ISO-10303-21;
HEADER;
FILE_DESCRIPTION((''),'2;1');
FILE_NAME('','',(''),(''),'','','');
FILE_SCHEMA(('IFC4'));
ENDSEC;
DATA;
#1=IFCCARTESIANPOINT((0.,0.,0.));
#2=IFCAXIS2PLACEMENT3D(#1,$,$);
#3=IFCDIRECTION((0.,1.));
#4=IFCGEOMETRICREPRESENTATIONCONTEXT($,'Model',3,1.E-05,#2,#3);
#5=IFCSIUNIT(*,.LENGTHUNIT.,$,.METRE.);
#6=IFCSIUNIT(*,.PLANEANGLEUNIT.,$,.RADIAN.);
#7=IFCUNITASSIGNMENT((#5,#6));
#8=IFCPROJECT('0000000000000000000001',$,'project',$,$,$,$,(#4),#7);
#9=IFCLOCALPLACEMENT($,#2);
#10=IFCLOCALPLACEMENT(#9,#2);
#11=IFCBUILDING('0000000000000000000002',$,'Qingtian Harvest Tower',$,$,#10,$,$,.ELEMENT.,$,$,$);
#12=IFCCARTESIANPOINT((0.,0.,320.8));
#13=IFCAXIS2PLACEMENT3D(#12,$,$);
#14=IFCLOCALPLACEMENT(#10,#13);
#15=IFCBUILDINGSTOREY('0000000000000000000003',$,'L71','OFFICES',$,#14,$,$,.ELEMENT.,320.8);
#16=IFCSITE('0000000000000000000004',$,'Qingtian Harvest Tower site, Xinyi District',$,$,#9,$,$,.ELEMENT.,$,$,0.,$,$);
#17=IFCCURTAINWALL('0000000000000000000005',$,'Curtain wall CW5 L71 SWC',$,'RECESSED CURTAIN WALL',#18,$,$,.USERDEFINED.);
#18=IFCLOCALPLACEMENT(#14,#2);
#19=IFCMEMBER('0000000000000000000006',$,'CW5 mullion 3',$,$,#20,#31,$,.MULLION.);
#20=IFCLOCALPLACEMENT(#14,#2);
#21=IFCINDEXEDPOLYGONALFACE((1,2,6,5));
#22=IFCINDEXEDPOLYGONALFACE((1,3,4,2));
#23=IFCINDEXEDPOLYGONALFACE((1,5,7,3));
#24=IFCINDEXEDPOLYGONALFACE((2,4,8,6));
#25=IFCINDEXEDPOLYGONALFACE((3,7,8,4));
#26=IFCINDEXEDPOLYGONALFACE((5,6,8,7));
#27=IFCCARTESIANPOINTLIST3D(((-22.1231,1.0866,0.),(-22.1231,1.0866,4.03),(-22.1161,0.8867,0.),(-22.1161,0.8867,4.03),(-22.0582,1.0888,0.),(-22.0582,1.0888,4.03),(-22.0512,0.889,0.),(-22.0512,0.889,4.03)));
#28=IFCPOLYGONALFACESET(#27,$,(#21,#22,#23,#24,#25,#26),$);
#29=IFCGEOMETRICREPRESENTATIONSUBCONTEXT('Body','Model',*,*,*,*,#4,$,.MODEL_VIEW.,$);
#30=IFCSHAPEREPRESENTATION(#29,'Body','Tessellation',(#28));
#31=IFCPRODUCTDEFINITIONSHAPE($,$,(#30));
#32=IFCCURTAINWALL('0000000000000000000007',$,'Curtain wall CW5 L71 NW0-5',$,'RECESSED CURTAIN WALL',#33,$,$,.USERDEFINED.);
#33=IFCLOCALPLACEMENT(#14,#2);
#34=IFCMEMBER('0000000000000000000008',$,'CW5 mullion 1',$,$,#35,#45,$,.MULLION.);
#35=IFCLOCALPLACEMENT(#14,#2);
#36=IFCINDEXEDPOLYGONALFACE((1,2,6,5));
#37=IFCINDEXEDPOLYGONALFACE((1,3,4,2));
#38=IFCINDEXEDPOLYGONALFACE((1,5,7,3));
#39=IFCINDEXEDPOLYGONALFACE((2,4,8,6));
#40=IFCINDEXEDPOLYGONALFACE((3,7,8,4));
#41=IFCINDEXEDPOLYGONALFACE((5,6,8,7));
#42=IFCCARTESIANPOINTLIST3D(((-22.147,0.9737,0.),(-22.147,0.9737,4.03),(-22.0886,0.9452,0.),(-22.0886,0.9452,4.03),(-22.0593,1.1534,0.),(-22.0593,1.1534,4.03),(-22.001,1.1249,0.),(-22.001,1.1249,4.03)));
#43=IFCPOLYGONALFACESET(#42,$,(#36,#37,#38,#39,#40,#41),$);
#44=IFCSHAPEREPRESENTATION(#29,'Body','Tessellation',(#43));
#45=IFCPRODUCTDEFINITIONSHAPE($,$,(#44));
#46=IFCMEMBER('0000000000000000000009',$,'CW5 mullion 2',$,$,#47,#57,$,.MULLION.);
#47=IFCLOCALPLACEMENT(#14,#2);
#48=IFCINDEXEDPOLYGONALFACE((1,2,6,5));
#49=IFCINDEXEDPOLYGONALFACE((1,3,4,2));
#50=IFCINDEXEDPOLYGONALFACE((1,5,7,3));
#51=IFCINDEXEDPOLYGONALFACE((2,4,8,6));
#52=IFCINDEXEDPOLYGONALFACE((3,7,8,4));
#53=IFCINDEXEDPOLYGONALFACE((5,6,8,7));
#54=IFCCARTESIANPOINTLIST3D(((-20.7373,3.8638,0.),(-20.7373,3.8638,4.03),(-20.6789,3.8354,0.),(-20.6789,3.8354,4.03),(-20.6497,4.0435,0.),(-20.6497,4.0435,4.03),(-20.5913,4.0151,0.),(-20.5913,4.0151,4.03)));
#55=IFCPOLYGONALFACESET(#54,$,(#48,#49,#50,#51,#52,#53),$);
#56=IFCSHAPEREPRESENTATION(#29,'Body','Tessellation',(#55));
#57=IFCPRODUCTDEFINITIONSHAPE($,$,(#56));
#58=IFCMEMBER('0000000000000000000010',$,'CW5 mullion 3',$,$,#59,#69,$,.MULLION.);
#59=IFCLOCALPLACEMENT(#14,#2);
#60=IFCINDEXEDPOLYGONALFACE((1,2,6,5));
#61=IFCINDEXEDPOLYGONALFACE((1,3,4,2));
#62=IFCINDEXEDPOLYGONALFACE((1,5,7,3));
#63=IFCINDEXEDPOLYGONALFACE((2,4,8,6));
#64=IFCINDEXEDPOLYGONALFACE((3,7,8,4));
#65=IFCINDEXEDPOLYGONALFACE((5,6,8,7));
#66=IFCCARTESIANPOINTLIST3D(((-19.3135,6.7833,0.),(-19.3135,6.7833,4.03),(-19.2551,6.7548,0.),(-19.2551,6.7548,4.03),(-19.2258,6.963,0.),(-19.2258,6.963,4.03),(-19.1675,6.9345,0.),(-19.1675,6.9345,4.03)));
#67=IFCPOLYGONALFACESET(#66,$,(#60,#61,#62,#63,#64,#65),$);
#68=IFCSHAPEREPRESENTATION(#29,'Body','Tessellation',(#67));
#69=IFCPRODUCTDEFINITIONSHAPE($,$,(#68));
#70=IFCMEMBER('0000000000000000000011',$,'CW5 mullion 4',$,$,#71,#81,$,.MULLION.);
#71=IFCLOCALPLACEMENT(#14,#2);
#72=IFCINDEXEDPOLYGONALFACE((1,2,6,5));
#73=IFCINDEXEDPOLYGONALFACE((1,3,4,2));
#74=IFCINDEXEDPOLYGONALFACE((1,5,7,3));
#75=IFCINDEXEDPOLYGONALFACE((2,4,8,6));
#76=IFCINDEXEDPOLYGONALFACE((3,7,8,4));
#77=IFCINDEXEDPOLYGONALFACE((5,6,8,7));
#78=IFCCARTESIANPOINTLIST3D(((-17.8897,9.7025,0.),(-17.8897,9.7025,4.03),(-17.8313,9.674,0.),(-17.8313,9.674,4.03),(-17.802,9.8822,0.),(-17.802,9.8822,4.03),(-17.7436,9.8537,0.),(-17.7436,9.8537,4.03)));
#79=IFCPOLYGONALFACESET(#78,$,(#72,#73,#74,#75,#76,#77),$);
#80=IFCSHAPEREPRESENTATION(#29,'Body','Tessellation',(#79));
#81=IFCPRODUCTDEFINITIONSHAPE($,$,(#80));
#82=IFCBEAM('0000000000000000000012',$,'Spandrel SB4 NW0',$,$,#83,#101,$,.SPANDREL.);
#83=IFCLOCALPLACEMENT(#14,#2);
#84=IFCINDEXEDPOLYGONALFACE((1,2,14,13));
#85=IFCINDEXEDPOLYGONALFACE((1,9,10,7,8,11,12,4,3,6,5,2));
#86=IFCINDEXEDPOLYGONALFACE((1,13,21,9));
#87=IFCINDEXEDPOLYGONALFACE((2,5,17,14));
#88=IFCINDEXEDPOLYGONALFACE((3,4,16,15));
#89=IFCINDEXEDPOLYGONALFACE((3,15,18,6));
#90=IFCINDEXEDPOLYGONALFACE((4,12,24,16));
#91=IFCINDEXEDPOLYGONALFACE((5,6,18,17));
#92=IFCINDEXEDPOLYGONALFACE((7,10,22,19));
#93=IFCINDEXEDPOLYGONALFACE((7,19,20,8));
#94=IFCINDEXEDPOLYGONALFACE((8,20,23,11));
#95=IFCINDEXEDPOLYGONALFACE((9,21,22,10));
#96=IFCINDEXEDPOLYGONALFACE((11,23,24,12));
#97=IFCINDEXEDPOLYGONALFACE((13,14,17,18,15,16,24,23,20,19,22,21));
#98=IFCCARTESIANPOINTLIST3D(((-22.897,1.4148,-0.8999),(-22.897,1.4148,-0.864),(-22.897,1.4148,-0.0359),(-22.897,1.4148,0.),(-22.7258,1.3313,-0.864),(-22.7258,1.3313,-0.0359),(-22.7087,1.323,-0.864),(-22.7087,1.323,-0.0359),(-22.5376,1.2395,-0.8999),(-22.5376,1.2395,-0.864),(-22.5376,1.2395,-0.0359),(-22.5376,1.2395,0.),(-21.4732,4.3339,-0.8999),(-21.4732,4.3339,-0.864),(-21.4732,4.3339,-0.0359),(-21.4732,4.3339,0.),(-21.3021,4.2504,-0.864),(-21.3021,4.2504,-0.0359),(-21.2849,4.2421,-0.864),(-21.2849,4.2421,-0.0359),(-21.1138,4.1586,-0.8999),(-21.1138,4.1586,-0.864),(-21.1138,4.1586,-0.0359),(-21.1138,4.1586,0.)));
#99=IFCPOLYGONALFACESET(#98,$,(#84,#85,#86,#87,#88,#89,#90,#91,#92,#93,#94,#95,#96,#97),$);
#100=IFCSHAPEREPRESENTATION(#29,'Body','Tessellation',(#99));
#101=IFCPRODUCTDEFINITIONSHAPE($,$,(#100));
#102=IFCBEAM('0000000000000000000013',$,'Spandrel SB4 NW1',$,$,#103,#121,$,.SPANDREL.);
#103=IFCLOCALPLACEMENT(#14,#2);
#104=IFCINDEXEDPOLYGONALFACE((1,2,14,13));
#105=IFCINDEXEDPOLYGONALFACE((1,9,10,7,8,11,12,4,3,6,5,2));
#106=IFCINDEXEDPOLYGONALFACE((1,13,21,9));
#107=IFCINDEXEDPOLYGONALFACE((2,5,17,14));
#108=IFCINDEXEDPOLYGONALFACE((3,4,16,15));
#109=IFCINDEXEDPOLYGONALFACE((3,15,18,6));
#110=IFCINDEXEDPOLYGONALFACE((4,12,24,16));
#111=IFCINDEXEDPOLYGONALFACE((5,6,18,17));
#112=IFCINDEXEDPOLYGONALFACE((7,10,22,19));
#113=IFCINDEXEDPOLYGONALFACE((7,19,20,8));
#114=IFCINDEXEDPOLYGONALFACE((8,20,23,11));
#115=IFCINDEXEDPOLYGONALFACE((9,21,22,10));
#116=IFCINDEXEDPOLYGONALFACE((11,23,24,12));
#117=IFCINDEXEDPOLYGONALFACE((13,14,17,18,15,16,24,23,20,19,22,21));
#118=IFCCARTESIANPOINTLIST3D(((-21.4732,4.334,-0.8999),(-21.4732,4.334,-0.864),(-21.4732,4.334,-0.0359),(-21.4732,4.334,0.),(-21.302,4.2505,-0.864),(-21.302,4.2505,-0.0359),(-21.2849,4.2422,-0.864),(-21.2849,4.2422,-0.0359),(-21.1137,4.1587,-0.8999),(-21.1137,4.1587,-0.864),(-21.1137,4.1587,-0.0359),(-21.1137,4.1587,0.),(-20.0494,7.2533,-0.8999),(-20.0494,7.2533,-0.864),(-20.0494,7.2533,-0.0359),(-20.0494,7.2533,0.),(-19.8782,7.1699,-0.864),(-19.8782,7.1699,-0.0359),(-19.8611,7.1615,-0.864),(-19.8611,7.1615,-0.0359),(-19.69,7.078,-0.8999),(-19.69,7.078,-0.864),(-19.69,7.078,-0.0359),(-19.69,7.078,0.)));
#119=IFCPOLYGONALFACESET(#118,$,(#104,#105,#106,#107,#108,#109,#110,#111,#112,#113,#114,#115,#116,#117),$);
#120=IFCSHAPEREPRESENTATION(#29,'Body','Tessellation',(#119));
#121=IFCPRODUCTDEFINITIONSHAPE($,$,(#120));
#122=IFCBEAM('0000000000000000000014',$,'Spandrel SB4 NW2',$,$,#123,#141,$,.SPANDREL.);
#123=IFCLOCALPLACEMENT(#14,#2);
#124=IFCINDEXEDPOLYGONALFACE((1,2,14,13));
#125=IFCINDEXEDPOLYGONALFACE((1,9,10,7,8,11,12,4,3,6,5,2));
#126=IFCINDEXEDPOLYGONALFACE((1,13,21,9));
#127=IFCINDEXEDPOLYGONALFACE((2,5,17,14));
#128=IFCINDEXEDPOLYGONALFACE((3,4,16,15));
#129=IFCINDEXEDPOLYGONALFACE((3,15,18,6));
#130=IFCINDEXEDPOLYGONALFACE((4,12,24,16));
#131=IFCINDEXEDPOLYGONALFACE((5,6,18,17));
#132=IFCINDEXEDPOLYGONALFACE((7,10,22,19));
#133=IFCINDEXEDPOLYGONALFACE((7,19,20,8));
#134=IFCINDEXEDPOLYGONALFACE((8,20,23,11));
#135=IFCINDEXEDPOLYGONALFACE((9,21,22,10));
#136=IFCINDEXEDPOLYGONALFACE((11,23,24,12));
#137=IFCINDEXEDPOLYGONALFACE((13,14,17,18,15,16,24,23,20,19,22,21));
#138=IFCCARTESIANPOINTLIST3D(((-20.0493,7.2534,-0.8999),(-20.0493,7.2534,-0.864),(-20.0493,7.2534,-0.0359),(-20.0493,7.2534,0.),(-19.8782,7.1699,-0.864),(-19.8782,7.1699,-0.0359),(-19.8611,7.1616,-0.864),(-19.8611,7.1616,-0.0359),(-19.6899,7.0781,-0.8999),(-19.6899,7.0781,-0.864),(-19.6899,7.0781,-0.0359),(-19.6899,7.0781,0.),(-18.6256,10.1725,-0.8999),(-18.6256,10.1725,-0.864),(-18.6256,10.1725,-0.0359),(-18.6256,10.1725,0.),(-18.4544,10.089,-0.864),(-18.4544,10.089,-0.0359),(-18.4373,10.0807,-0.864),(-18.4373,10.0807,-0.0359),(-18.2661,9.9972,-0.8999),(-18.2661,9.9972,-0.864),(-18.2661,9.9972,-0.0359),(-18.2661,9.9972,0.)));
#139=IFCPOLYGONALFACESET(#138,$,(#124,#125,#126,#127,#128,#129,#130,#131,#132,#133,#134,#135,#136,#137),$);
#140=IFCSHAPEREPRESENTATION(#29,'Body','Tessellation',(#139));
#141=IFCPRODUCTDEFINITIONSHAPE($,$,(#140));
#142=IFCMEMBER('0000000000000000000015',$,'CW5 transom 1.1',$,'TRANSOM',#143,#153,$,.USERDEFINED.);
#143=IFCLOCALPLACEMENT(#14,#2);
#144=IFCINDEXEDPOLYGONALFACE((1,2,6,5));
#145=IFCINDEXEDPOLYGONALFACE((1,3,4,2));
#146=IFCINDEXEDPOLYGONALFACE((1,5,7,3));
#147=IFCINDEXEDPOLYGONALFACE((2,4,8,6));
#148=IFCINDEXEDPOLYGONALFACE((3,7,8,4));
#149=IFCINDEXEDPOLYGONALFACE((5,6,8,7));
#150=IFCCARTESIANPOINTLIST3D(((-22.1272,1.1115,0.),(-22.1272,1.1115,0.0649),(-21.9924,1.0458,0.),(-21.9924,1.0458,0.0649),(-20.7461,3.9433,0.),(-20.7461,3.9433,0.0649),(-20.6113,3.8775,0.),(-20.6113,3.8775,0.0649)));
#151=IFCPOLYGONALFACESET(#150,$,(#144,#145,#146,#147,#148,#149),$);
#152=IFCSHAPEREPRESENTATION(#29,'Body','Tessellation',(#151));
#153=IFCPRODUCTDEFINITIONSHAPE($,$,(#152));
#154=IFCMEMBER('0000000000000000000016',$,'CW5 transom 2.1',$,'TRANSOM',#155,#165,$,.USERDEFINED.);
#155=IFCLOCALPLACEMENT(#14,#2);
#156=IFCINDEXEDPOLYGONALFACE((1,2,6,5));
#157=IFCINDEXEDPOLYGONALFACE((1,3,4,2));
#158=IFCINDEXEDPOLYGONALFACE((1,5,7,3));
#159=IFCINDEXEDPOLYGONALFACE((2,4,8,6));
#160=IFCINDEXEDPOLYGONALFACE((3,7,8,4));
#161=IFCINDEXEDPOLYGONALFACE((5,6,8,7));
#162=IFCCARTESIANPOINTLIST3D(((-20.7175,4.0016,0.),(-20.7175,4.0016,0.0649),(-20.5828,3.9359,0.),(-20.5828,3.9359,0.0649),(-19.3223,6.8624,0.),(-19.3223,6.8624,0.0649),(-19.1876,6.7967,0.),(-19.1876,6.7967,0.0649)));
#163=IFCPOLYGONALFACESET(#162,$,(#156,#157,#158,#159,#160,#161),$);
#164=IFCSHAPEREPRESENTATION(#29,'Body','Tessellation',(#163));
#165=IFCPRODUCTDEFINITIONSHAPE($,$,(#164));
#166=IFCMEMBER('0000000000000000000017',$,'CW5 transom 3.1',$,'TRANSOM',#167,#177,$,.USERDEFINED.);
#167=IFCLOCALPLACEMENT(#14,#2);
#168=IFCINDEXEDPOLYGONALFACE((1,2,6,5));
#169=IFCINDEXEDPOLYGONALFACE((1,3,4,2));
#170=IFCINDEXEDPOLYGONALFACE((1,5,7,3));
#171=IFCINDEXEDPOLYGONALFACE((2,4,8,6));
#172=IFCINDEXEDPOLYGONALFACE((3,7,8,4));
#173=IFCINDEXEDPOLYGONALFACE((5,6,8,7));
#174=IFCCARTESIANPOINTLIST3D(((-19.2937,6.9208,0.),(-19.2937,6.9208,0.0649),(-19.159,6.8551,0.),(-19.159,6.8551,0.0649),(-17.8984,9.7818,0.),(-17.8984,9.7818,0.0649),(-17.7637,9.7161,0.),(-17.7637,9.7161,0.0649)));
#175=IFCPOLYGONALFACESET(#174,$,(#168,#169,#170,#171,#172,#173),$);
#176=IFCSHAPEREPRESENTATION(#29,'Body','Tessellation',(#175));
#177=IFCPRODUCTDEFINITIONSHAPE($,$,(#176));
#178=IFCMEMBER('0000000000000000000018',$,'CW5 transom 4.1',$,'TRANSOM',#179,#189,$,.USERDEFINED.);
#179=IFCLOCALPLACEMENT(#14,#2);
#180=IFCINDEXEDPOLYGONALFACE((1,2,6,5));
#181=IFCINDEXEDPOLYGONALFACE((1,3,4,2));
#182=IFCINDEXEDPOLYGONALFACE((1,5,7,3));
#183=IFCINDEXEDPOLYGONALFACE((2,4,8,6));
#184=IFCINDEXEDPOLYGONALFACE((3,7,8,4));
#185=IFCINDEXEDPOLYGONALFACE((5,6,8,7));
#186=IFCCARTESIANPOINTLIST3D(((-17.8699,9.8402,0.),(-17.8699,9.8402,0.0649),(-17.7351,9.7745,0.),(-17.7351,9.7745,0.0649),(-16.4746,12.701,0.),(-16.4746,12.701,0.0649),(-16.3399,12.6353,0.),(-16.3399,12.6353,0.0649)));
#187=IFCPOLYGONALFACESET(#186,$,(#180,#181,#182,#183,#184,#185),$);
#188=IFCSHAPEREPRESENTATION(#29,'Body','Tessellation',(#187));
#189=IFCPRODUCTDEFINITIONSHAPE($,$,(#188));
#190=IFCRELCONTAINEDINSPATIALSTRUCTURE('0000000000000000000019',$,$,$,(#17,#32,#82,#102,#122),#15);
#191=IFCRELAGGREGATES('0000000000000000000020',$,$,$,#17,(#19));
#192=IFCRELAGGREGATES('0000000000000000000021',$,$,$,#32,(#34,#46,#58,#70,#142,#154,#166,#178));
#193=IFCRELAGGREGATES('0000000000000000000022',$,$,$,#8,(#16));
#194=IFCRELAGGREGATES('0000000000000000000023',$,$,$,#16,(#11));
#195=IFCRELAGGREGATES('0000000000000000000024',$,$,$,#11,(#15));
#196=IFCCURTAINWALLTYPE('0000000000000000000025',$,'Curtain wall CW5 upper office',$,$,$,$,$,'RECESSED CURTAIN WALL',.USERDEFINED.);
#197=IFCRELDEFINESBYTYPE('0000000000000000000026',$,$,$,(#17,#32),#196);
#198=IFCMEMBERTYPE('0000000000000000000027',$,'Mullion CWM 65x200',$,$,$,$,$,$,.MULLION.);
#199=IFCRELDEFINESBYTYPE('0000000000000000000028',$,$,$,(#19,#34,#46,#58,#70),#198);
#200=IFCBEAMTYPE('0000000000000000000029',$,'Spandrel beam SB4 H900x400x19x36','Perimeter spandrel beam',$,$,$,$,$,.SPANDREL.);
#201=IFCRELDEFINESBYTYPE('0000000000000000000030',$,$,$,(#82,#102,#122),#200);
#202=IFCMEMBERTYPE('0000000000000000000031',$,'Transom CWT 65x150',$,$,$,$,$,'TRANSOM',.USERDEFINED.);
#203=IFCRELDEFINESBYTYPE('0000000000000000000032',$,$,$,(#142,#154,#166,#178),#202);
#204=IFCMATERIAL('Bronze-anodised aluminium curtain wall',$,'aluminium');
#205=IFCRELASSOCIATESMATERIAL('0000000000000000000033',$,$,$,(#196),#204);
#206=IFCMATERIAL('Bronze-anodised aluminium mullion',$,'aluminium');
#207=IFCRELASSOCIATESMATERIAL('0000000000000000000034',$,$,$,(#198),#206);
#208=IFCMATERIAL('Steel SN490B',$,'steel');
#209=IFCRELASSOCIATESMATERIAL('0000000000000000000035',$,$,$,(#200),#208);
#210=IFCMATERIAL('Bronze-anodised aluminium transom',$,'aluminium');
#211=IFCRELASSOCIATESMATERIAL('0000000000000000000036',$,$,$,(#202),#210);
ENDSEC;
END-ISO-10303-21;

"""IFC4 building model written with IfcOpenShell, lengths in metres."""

from ifc_helpers import new_model, si_unit, direction, frame, origin, origin_2d, place, context, subcontext, project, spatial, rectangle, i_section, extrude, material, material_profile, profile_set, type_object, element, aggregate, save


model = new_model("IFC4")

# Units and contexts
model_context = context("Model", 3, precision=1e-05, world=origin(), true_north=direction((0.0, 1.0)))
body_context = subcontext(model_context, "Body", "Model", "MODEL_VIEW")
ifc_project = project(units=[si_unit("LENGTHUNIT", "METRE"), si_unit("PLANEANGLEUNIT", "RADIAN")], contexts=[model_context])

# Site, building, storey
site_placement = place(None, origin())
site = spatial("IfcSite", under=ifc_project, at=site_placement, Name="Qingtian Harvest Tower site, Xinyi District", CompositionType="ELEMENT", RefElevation=0.0)
building_placement = place(site_placement, origin())
building = spatial("IfcBuilding", under=site, at=building_placement, Name="Qingtian Harvest Tower", CompositionType="ELEMENT")
storey_placement = place(building_placement, frame((0.0, 0.0, 320.8)))
storey = spatial("IfcBuildingStorey", under=building, at=storey_placement, Name="L71", Description="OFFICES", CompositionType="ELEMENT", Elevation=320.8)

# Curtain wall, member
ifc_material_1 = material(Name="Bronze-anodised aluminium curtain wall", Category="aluminium")
curtain_wall_type = type_object("IfcCurtainWallType", Name="Curtain wall CW5 upper office", ElementType="RECESSED CURTAIN WALL", PredefinedType="USERDEFINED", material=ifc_material_1)
curtain_wall_1_placement = place(storey_placement, origin())
curtain_wall_1 = element("IfcCurtainWall", 1, at=curtain_wall_1_placement, inside=storey, type_object=curtain_wall_type, Name="Curtain wall CW5 L71 SWC", ObjectType="RECESSED CURTAIN WALL", PredefinedType="USERDEFINED")
ifc_material_2 = material(Name="Bronze-anodised aluminium mullion", Category="aluminium")
ifc_material_profile_1 = material_profile(ifc_material_2, rectangle(XDim=0.0649, YDim=0.2, at=origin_2d()), Name="AL 65x200")
ifc_profile_set_1 = profile_set([ifc_material_profile_1], Name="Bronze-anodised aluminium mullion")
member_type_1 = type_object("IfcMemberType", Name="Mullion CWM 65x200", PredefinedType="MULLION", material=ifc_profile_set_1)
member_1_placement = place(storey_placement, frame((-22.0872, 0.9878, 0.0), z_axis=(0.0, 0.0, 1.0), x_axis=(-0.999391, -0.034899, 0.0)))
member_1 = element("IfcMember", 2, at=member_1_placement, type_object=member_type_1, Name="CW5 mullion 3", PredefinedType="MULLION", context=body_context, shape_type="SweptSolid", body=[
    extrude(rectangle(XDim=0.0649, YDim=0.2, at=origin_2d()), origin(), (0.0, 0.0, 1.0), 4.03),
])

# Curtain wall, members
curtain_wall_2_placement = place(storey_placement, origin())
curtain_wall_2 = element("IfcCurtainWall", 3, at=curtain_wall_2_placement, inside=storey, type_object=curtain_wall_type, Name="Curtain wall CW5 L71 NW0-5", ObjectType="RECESSED CURTAIN WALL", PredefinedType="USERDEFINED")
member_2_placement = place(storey_placement, frame((-22.074, 1.0493, 0.0), z_axis=(0.0, 0.0, 1.0), x_axis=(-0.898794, 0.438371, 0.0)))
member_2 = element("IfcMember", 4, at=member_2_placement, type_object=member_type_1, Name="CW5 mullion 1", PredefinedType="MULLION", context=body_context, shape_type="SweptSolid", body=[
    extrude(rectangle(XDim=0.0649, YDim=0.2, at=origin_2d()), origin(), (0.0, 0.0, 1.0), 4.03),
])
member_3_placement = place(storey_placement, frame((-20.6643, 3.9395, 0.0), z_axis=(0.0, 0.0, 1.0), x_axis=(-0.898794, 0.438371, 0.0)))
member_3 = element("IfcMember", 5, at=member_3_placement, type_object=member_type_1, Name="CW5 mullion 2", PredefinedType="MULLION", context=body_context, shape_type="SweptSolid", body=[
    extrude(rectangle(XDim=0.0649, YDim=0.2, at=origin_2d()), origin(), (0.0, 0.0, 1.0), 4.03),
])
member_4_placement = place(storey_placement, frame((-19.2405, 6.8589, 0.0), z_axis=(0.0, 0.0, 1.0), x_axis=(-0.898794, 0.438371, 0.0)))
member_4 = element("IfcMember", 6, at=member_4_placement, type_object=member_type_1, Name="CW5 mullion 3", PredefinedType="MULLION", context=body_context, shape_type="SweptSolid", body=[
    extrude(rectangle(XDim=0.0649, YDim=0.2, at=origin_2d()), origin(), (0.0, 0.0, 1.0), 4.03),
])
member_5_placement = place(storey_placement, frame((-17.8167, 9.7781, 0.0), z_axis=(0.0, 0.0, 1.0), x_axis=(-0.898794, 0.438371, 0.0)))
member_5 = element("IfcMember", 7, at=member_5_placement, type_object=member_type_1, Name="CW5 mullion 4", PredefinedType="MULLION", context=body_context, shape_type="SweptSolid", body=[
    extrude(rectangle(XDim=0.0649, YDim=0.2, at=origin_2d()), origin(), (0.0, 0.0, 1.0), 4.03),
])

# Beams
ifc_material_3 = material(Name="Steel SN490B", Category="steel")
ifc_material_profile_2 = material_profile(ifc_material_3, i_section(OverallWidth=0.3999, OverallDepth=0.8999, WebThickness=0.019, FlangeThickness=0.0359, at=origin_2d()), Name="H900x400x19x36")
ifc_profile_set_2 = profile_set([ifc_material_profile_2], Name="Steel SN490B")
beam_type_1 = type_object("IfcBeamType", Name="Spandrel beam SB4 H900x400x19x36", Description="Perimeter spandrel beam", PredefinedType="SPANDREL", material=ifc_profile_set_2)
beam_1_placement = place(storey_placement, frame((-22.7173, 1.3271, -0.45), z_axis=(0.438382, 0.898789, 0.0), x_axis=(-0.898789, 0.438382, 0.0)))
element("IfcBeam", 8, at=beam_1_placement, inside=storey, type_object=beam_type_1, Name="Spandrel SB4 NW0", PredefinedType="SPANDREL", context=body_context, shape_type="SweptSolid", body=[
    extrude(i_section(OverallWidth=0.3999, OverallDepth=0.8999, WebThickness=0.019, FlangeThickness=0.0359, at=origin_2d()), origin(), (0.0, 0.0, 1.0), 3.2478),
])
beam_2_placement = place(storey_placement, frame((-21.2935, 4.2463, -0.45), z_axis=(0.438353, 0.898803, 0.0), x_axis=(-0.898803, 0.438353, 0.0)))
element("IfcBeam", 9, at=beam_2_placement, inside=storey, type_object=beam_type_1, Name="Spandrel SB4 NW1", PredefinedType="SPANDREL", context=body_context, shape_type="SweptSolid", body=[
    extrude(i_section(OverallWidth=0.3999, OverallDepth=0.8999, WebThickness=0.019, FlangeThickness=0.0359, at=origin_2d()), origin(), (0.0, 0.0, 1.0), 3.248),
])
beam_3_placement = place(storey_placement, frame((-19.8696, 7.1658, -0.45), z_axis=(0.438382, 0.898789, 0.0), x_axis=(-0.898789, 0.438382, 0.0)))
element("IfcBeam", 10, at=beam_3_placement, inside=storey, type_object=beam_type_1, Name="Spandrel SB4 NW2", PredefinedType="SPANDREL", context=body_context, shape_type="SweptSolid", body=[
    extrude(i_section(OverallWidth=0.3999, OverallDepth=0.8999, WebThickness=0.019, FlangeThickness=0.0359, at=origin_2d()), origin(), (0.0, 0.0, 1.0), 3.2478),
])

# Members
ifc_material_4 = material(Name="Bronze-anodised aluminium transom", Category="aluminium")
ifc_material_profile_3 = material_profile(ifc_material_4, rectangle(XDim=0.1499, YDim=0.0649, at=origin_2d()), Name="AL 65x150")
ifc_profile_set_3 = profile_set([ifc_material_profile_3], Name="Bronze-anodised aluminium transom")
member_type_2 = type_object("IfcMemberType", Name="Transom CWT 65x150", ElementType="TRANSOM", PredefinedType="USERDEFINED", material=ifc_profile_set_3)
member_6_placement = place(storey_placement, frame((-22.0598, 1.0786, 0.0325), z_axis=(0.438358, 0.8988, 0.0), x_axis=(-0.8988, 0.438358, 0.0)))
member_6 = element("IfcMember", 11, at=member_6_placement, type_object=member_type_2, Name="CW5 transom 1.1", ObjectType="TRANSOM", PredefinedType="USERDEFINED", context=body_context, shape_type="SweptSolid", body=[
    extrude(rectangle(XDim=0.1499, YDim=0.0649, at=origin_2d()), origin(), (0.0, 0.0, 1.0), 3.1506),
])
member_7_placement = place(storey_placement, frame((-20.6501, 3.9688, 0.0325), z_axis=(0.438356, 0.898802, 0.0), x_axis=(-0.898802, 0.438356, 0.0)))
member_7 = element("IfcMember", 12, at=member_7_placement, type_object=member_type_2, Name="CW5 transom 2.1", ObjectType="TRANSOM", PredefinedType="USERDEFINED", context=body_context, shape_type="SweptSolid", body=[
    extrude(rectangle(XDim=0.1499, YDim=0.0649, at=origin_2d()), origin(), (0.0, 0.0, 1.0), 3.1829),
])
member_8_placement = place(storey_placement, frame((-19.2263, 6.8879, 0.0325), z_axis=(0.438325, 0.898816, 0.0), x_axis=(-0.898816, 0.438325, 0.0)))
member_8 = element("IfcMember", 13, at=member_8_placement, type_object=member_type_2, Name="CW5 transom 3.1", ObjectType="TRANSOM", PredefinedType="USERDEFINED", context=body_context, shape_type="SweptSolid", body=[
    extrude(rectangle(XDim=0.1499, YDim=0.0649, at=origin_2d()), origin(), (0.0, 0.0, 1.0), 3.1831),
])
member_9_placement = place(storey_placement, frame((-17.8025, 9.8074, 0.0325), z_axis=(0.438356, 0.898802, 0.0), x_axis=(-0.898802, 0.438356, 0.0)))
member_9 = element("IfcMember", 14, at=member_9_placement, type_object=member_type_2, Name="CW5 transom 4.1", ObjectType="TRANSOM", PredefinedType="USERDEFINED", context=body_context, shape_type="SweptSolid", body=[
    extrude(rectangle(XDim=0.1499, YDim=0.0649, at=origin_2d()), origin(), (0.0, 0.0, 1.0), 3.1829),
])

aggregate(curtain_wall_1, [member_1])
aggregate(curtain_wall_2, [member_2, member_3, member_4, member_5, member_6, member_7, member_8, member_9])

save(model, "model.ifc")
